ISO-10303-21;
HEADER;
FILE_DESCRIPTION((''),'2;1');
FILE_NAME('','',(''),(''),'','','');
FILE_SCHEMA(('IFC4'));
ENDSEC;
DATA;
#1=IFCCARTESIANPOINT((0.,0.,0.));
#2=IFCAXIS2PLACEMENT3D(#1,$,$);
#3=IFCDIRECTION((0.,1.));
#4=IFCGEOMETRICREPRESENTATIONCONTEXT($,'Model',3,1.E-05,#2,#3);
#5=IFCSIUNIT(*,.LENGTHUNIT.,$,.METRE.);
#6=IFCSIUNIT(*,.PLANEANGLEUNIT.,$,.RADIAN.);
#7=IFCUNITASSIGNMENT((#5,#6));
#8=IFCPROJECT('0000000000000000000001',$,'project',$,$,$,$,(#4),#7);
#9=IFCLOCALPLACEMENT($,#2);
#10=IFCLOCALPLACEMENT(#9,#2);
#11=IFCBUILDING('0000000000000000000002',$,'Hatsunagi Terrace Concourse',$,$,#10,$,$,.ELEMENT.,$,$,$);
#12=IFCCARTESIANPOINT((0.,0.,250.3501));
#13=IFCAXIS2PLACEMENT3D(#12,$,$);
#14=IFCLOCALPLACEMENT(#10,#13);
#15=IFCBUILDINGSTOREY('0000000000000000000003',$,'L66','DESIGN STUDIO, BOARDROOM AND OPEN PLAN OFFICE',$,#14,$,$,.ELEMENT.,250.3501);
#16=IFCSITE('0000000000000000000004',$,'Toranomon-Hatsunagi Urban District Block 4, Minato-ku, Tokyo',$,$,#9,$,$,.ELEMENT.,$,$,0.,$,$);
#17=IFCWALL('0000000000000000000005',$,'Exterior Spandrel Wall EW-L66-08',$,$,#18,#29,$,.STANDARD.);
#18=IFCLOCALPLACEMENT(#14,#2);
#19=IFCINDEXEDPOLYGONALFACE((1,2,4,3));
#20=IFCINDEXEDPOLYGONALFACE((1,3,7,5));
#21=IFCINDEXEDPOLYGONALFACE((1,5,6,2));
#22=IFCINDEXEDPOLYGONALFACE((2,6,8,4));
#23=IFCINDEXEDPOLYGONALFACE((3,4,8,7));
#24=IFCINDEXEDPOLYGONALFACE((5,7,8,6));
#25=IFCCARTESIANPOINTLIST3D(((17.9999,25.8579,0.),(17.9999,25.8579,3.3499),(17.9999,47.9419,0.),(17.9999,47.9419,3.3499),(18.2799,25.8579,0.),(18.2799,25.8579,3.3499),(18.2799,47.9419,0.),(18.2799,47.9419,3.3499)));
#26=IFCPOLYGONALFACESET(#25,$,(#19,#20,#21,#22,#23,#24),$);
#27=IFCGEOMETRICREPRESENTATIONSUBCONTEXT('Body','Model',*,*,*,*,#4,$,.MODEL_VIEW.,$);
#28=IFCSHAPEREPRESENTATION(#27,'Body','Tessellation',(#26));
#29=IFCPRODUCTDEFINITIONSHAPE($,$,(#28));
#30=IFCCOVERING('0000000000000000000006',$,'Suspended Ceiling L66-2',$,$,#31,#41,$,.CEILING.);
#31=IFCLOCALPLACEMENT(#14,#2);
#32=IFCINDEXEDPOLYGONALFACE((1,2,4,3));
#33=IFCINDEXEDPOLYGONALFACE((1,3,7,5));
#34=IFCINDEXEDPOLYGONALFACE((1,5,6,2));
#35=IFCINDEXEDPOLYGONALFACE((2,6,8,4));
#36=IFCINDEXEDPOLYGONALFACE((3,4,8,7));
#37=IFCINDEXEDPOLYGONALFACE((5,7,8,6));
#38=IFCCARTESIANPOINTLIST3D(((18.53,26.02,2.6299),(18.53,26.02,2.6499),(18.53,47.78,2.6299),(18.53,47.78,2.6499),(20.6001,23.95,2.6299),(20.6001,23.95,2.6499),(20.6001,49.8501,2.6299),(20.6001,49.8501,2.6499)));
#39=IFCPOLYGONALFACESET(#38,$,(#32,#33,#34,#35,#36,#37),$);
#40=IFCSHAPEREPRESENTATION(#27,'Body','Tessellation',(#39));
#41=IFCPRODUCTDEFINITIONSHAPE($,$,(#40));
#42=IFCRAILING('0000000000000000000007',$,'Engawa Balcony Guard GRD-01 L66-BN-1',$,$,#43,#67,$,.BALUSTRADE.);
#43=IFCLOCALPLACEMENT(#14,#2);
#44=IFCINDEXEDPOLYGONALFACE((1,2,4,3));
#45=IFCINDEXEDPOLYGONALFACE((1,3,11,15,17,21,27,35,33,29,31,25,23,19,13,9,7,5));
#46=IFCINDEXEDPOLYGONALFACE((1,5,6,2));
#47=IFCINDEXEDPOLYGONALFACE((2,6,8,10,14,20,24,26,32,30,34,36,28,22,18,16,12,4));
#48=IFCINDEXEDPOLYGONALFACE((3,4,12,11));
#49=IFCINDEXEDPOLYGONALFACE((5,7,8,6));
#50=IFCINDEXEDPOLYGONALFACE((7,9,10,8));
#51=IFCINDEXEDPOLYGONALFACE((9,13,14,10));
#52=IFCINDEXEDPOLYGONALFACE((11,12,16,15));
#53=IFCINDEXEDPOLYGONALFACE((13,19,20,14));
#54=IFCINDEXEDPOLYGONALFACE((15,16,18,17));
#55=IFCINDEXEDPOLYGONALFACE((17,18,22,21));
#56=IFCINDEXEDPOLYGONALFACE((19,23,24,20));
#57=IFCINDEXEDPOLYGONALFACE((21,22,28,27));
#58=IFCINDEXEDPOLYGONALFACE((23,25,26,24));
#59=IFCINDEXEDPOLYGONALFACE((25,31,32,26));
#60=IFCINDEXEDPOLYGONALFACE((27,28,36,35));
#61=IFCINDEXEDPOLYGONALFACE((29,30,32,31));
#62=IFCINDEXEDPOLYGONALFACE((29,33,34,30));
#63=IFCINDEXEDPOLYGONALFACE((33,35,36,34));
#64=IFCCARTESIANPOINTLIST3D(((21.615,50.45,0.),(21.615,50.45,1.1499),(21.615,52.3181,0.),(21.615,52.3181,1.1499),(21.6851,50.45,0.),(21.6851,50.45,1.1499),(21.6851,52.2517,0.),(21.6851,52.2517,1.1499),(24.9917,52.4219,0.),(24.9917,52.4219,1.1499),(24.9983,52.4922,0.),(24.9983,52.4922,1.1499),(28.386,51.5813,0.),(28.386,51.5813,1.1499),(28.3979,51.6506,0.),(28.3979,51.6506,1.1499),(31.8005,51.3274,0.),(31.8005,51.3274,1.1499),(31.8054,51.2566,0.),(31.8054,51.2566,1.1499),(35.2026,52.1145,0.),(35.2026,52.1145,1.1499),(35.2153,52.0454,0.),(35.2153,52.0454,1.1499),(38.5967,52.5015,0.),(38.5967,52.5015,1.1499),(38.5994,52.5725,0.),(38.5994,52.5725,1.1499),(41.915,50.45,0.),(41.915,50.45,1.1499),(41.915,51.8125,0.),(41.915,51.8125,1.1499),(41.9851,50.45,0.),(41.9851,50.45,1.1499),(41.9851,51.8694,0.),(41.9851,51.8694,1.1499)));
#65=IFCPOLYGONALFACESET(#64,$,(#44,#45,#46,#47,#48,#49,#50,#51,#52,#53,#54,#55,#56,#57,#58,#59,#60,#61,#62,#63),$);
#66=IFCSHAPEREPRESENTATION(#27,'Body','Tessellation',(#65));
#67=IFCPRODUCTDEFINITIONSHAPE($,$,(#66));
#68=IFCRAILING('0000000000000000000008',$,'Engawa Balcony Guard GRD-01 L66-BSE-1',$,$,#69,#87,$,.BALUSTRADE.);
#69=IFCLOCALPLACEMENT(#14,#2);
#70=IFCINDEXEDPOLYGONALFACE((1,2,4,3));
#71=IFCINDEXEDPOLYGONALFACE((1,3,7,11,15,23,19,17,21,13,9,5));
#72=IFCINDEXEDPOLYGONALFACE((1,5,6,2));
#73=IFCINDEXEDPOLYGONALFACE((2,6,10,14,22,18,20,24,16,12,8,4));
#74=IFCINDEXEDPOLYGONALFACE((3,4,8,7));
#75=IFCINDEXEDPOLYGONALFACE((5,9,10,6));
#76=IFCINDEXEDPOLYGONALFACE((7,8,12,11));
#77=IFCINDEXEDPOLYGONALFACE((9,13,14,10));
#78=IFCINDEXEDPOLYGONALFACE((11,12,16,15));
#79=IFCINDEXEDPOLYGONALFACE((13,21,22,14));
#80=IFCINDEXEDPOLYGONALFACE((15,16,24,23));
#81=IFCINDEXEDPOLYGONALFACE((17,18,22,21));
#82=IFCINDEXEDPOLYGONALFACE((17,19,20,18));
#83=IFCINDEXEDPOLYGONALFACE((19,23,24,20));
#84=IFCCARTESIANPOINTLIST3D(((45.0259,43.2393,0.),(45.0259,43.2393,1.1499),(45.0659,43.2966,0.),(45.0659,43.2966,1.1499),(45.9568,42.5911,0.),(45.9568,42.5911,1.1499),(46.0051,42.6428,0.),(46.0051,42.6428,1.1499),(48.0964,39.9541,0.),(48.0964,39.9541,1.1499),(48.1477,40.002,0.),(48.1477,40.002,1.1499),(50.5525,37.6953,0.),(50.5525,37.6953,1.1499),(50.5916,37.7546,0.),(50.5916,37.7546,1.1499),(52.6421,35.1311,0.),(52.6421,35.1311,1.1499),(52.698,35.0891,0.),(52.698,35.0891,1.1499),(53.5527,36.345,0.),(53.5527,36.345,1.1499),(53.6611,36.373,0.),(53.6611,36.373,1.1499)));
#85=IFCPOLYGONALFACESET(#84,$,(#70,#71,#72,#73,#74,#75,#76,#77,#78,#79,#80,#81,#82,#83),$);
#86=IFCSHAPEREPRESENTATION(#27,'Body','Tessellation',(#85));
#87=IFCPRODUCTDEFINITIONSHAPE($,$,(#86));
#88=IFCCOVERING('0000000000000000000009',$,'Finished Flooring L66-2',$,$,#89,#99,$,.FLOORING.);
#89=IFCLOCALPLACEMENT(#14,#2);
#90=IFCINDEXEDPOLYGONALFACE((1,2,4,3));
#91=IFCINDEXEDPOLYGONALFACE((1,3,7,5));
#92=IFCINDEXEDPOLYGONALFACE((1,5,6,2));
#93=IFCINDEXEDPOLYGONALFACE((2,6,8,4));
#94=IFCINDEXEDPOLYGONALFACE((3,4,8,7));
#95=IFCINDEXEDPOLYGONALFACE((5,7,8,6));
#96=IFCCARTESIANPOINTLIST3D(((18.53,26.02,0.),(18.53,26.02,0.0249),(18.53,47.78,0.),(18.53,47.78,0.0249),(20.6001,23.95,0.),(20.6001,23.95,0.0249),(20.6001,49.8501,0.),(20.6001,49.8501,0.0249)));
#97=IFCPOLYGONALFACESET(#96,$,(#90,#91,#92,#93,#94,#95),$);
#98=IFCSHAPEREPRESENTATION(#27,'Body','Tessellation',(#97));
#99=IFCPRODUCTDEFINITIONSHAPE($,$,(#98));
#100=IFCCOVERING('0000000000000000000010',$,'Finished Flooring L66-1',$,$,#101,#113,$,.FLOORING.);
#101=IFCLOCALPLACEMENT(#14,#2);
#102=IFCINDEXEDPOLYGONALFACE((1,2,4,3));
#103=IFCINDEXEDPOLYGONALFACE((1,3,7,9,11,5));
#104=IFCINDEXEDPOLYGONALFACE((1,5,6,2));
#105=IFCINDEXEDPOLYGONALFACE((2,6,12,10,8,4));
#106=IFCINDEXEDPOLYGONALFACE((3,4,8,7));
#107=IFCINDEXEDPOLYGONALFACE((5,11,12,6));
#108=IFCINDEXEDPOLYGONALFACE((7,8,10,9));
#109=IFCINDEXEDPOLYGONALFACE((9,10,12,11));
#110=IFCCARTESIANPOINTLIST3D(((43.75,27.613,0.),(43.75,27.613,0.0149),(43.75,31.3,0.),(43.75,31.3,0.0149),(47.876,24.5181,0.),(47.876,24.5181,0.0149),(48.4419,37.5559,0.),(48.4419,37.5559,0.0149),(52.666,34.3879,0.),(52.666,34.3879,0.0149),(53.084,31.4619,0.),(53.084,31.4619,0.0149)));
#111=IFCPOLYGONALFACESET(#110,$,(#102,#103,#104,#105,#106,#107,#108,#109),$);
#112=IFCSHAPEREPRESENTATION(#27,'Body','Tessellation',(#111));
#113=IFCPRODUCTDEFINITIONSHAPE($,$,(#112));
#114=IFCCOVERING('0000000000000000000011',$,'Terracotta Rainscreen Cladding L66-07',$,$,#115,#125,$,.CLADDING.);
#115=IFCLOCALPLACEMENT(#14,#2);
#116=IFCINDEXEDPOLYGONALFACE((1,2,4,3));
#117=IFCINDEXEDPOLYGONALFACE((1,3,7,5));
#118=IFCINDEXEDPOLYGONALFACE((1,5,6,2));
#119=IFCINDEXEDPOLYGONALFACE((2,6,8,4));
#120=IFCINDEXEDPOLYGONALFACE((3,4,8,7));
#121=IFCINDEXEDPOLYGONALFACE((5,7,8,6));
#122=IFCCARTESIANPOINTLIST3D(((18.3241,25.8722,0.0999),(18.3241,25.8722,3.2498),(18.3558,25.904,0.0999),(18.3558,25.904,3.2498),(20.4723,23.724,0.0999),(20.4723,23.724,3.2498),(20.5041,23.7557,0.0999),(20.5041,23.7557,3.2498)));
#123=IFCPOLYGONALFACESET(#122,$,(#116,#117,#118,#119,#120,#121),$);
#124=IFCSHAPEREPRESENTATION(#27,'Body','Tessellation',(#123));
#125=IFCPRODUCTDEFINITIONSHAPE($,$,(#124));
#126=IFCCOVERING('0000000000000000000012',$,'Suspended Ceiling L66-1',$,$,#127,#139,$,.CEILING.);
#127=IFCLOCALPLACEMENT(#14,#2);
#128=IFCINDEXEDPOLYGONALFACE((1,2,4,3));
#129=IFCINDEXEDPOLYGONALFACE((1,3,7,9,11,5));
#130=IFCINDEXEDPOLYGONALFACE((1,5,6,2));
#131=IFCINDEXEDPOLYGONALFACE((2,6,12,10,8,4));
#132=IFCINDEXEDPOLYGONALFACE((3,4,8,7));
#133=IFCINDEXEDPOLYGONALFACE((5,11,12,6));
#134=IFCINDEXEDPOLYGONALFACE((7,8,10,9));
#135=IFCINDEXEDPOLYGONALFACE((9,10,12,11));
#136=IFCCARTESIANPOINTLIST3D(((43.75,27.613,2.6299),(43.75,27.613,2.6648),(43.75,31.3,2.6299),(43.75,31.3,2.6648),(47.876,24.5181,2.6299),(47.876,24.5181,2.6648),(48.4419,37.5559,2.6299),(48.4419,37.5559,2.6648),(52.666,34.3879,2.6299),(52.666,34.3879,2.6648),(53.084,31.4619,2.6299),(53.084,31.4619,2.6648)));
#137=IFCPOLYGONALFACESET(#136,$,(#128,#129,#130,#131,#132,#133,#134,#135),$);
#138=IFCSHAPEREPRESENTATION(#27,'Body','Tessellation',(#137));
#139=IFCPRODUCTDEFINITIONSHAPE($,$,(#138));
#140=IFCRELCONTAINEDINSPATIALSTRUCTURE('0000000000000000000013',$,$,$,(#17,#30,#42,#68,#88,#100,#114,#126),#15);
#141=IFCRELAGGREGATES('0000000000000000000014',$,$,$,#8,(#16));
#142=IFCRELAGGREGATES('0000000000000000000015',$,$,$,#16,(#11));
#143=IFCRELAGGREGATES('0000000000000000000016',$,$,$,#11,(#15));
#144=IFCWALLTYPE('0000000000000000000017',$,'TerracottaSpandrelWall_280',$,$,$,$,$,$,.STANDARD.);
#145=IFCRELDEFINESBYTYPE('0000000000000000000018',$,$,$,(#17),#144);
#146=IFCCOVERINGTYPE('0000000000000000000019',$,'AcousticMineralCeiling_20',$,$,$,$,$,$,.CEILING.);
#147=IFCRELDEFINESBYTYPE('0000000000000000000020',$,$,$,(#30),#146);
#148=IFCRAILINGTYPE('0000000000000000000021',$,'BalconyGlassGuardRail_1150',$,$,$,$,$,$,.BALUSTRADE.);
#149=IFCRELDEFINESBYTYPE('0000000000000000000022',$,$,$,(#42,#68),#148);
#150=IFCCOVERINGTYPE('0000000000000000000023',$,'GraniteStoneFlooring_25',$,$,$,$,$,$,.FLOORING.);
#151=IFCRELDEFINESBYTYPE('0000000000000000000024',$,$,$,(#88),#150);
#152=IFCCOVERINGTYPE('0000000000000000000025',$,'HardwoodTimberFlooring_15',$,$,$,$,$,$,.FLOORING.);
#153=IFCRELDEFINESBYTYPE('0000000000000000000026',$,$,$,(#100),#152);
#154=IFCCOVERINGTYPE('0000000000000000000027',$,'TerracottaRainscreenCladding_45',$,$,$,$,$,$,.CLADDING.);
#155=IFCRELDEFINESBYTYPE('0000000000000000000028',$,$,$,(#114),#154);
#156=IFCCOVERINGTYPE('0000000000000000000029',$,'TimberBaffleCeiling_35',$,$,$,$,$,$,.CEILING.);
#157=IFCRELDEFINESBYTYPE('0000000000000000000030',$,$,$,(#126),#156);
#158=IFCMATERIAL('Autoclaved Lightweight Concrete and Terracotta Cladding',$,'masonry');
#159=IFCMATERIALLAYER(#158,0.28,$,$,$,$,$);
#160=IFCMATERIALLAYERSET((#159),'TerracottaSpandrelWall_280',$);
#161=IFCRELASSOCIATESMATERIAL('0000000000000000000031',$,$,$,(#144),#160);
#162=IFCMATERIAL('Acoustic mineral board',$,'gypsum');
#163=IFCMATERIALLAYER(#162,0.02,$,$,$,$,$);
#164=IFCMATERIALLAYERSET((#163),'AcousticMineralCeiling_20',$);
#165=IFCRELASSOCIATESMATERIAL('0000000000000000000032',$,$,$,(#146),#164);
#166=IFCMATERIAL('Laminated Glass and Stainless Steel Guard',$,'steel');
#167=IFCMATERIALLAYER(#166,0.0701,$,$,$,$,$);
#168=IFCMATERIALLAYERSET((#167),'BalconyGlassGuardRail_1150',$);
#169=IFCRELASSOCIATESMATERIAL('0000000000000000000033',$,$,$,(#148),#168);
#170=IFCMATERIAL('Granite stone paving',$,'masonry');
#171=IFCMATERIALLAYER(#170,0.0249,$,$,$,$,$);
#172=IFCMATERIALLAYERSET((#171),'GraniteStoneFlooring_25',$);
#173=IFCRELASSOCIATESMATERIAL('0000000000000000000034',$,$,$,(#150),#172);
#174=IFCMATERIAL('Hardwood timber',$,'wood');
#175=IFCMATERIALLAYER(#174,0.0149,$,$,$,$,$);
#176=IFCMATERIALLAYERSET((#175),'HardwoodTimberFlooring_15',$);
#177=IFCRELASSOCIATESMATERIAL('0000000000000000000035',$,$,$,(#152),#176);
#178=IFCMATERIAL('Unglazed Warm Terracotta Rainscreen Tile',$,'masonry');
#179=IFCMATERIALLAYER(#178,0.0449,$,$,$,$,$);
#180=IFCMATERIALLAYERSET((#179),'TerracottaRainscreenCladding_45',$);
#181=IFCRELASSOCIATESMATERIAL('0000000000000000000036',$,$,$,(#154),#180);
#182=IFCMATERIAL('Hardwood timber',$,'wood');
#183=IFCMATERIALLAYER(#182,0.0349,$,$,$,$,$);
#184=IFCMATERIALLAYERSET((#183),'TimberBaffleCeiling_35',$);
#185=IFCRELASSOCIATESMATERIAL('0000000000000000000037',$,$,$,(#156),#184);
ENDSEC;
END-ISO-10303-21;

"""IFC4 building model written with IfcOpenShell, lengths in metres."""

from ifc_helpers import new_model, si_unit, direction, frame, frame_2d, origin, origin_2d, place, context, subcontext, project, spatial, polyline, rectangle, outline, extrude, material, layer, layer_set, type_object, element, save


model = new_model("IFC4")

# Units and contexts
model_context = context("Model", 3, precision=1e-05, world=origin(), true_north=direction((0.0, 1.0)))
body_context = subcontext(model_context, "Body", "Model", "MODEL_VIEW")
ifc_project = project(units=[si_unit("LENGTHUNIT", "METRE"), si_unit("PLANEANGLEUNIT", "RADIAN")], contexts=[model_context])

# Site, building, storey
site_placement = place(None, origin())
site = spatial("IfcSite", under=ifc_project, at=site_placement, Name="Toranomon-Hatsunagi Urban District Block 4, Minato-ku, Tokyo", CompositionType="ELEMENT", RefElevation=0.0)
building_placement = place(site_placement, origin())
building = spatial("IfcBuilding", under=site, at=building_placement, Name="Hatsunagi Terrace Concourse", CompositionType="ELEMENT")
storey_placement = place(building_placement, frame((0.0, 0.0, 250.3501)))
storey = spatial("IfcBuildingStorey", under=building, at=storey_placement, Name="L66", Description="DESIGN STUDIO, BOARDROOM AND OPEN PLAN OFFICE", CompositionType="ELEMENT", Elevation=250.3501)

# Wall
ifc_material_1 = material(Name="Autoclaved Lightweight Concrete and Terracotta Cladding", Category="masonry")
ifc_layer_1 = layer(ifc_material_1, 0.28)
ifc_layer_set_1 = layer_set([ifc_layer_1], Name="TerracottaSpandrelWall_280")
wall_type_1 = type_object("IfcWallType", Name="TerracottaSpandrelWall_280", PredefinedType="STANDARD", material=ifc_layer_set_1)
wall_1_placement = place(storey_placement, frame((18.1399, 25.8579, 0.0), z_axis=(0.0, 0.0, 1.0), x_axis=(0.0, 1.0, 0.0)))
element("IfcWall", 1, at=wall_1_placement, inside=storey, type_object=wall_type_1, Name="Exterior Spandrel Wall EW-L66-08", PredefinedType="STANDARD", context=body_context, shape_type="SweptSolid", body=[
    extrude(rectangle(XDim=22.084, YDim=0.28, at=frame_2d((11.042, 0.0))), origin(), (0.0, 0.0, 1.0), 3.3499),
])

# Covering
ifc_material_2 = material(Name="Acoustic mineral board", Category="gypsum")
ifc_layer_2 = layer(ifc_material_2, 0.02)
ifc_layer_set_2 = layer_set([ifc_layer_2], Name="AcousticMineralCeiling_20")
covering_type_1 = type_object("IfcCoveringType", Name="AcousticMineralCeiling_20", PredefinedType="CEILING", material=ifc_layer_set_2)
covering_1_placement = place(storey_placement, frame((0.0, 0.0, 2.6299)))
element("IfcCovering", 2, at=covering_1_placement, inside=storey, type_object=covering_type_1, Name="Suspended Ceiling L66-2", PredefinedType="CEILING", context=body_context, shape_type="SweptSolid", body=[
    extrude(outline(polyline([(18.53, 26.02), (20.6001, 23.95), (20.6001, 49.8501), (18.53, 47.78), (18.53, 26.02)])), origin(), (0.0, 0.0, 1.0), 0.02),
])

# Railings
ifc_material_3 = material(Name="Laminated Glass and Stainless Steel Guard", Category="steel")
ifc_layer_3 = layer(ifc_material_3, 0.0701)
ifc_layer_set_3 = layer_set([ifc_layer_3], Name="BalconyGlassGuardRail_1150")
railing_type = type_object("IfcRailingType", Name="BalconyGlassGuardRail_1150", PredefinedType="BALUSTRADE", material=ifc_layer_set_3)
railing_1_placement = place(storey_placement, origin())
element("IfcRailing", 3, at=railing_1_placement, inside=storey, type_object=railing_type, Name="Engawa Balcony Guard GRD-01 L66-BN-1", PredefinedType="BALUSTRADE", context=body_context, shape_type="SweptSolid", body=[
    extrude(outline(polyline([(21.615, 50.45), (21.6851, 50.45), (21.6851, 52.2517), (24.9917, 52.4219), (28.386, 51.5813), (31.8054, 51.2566), (35.2153, 52.0454), (38.5967, 52.5015), (41.915, 51.8125), (41.915, 50.45), (41.9851, 50.45), (41.9851, 51.8694), (38.5994, 52.5725), (35.2026, 52.1145), (31.8005, 51.3274), (28.3979, 51.6506), (24.9983, 52.4922), (21.615, 52.3181), (21.615, 50.45)])), origin(), (0.0, 0.0, 1.0), 1.1499),
])
railing_2_placement = place(storey_placement, origin())
element("IfcRailing", 4, at=railing_2_placement, inside=storey, type_object=railing_type, Name="Engawa Balcony Guard GRD-01 L66-BSE-1", PredefinedType="BALUSTRADE", context=body_context, shape_type="SweptSolid", body=[
    extrude(outline(polyline([(45.0659, 43.2966), (45.0259, 43.2393), (45.9568, 42.5911), (48.0964, 39.9541), (50.5525, 37.6953), (53.5527, 36.345), (52.6421, 35.1311), (52.698, 35.0891), (53.6611, 36.373), (50.5916, 37.7546), (48.1477, 40.002), (46.0051, 42.6428), (45.0659, 43.2966)])), origin(), (0.0, 0.0, 1.0), 1.1499),
])

# Coverings
ifc_material_4 = material(Name="Granite stone paving", Category="masonry")
ifc_layer_4 = layer(ifc_material_4, 0.0249)
ifc_layer_set_4 = layer_set([ifc_layer_4], Name="GraniteStoneFlooring_25")
covering_type_2 = type_object("IfcCoveringType", Name="GraniteStoneFlooring_25", PredefinedType="FLOORING", material=ifc_layer_set_4)
covering_2_placement = place(storey_placement, origin())
element("IfcCovering", 5, at=covering_2_placement, inside=storey, type_object=covering_type_2, Name="Finished Flooring L66-2", PredefinedType="FLOORING", context=body_context, shape_type="SweptSolid", body=[
    extrude(outline(polyline([(18.53, 26.02), (20.6001, 23.95), (20.6001, 49.8501), (18.53, 47.78), (18.53, 26.02)])), origin(), (0.0, 0.0, 1.0), 0.0249),
])
ifc_material_5 = material(Name="Hardwood timber", Category="wood")
ifc_layer_5 = layer(ifc_material_5, 0.0149)
ifc_layer_set_5 = layer_set([ifc_layer_5], Name="HardwoodTimberFlooring_15")
covering_type_3 = type_object("IfcCoveringType", Name="HardwoodTimberFlooring_15", PredefinedType="FLOORING", material=ifc_layer_set_5)
covering_3_placement = place(storey_placement, origin())
element("IfcCovering", 6, at=covering_3_placement, inside=storey, type_object=covering_type_3, Name="Finished Flooring L66-1", PredefinedType="FLOORING", context=body_context, shape_type="SweptSolid", body=[
    extrude(outline(polyline([(52.666, 34.3879), (48.4419, 37.5559), (43.75, 31.3), (43.75, 27.613), (47.876, 24.5181), (53.084, 31.4619), (52.666, 34.3879)])), origin(), (0.0, 0.0, 1.0), 0.0149),
])
ifc_material_6 = material(Name="Unglazed Warm Terracotta Rainscreen Tile", Category="masonry")
ifc_layer_6 = layer(ifc_material_6, 0.0449)
ifc_layer_set_6 = layer_set([ifc_layer_6], Name="TerracottaRainscreenCladding_45")
covering_type_4 = type_object("IfcCoveringType", Name="TerracottaRainscreenCladding_45", PredefinedType="CLADDING", material=ifc_layer_set_6)
covering_4_placement = place(storey_placement, frame((19.4141, 24.814, 0.0999), z_axis=(0.0, 0.0, 1.0), x_axis=(-0.707107, 0.707107, 0.0)))
element("IfcCovering", 7, at=covering_4_placement, inside=storey, type_object=covering_type_4, Name="Terracotta Rainscreen Cladding L66-07", PredefinedType="CLADDING", context=body_context, shape_type="SweptSolid", body=[
    extrude(rectangle(XDim=3.0381, YDim=0.0449, at=origin_2d()), origin(), (0.0, 0.0, 1.0), 3.1499),
])
ifc_material_7 = material(Name="Hardwood timber", Category="wood")
ifc_layer_7 = layer(ifc_material_7, 0.0349)
ifc_layer_set_7 = layer_set([ifc_layer_7], Name="TimberBaffleCeiling_35")
covering_type_5 = type_object("IfcCoveringType", Name="TimberBaffleCeiling_35", PredefinedType="CEILING", material=ifc_layer_set_7)
covering_5_placement = place(storey_placement, frame((0.0, 0.0, 2.6299)))
element("IfcCovering", 8, at=covering_5_placement, inside=storey, type_object=covering_type_5, Name="Suspended Ceiling L66-1", PredefinedType="CEILING", context=body_context, shape_type="SweptSolid", body=[
    extrude(outline(polyline([(52.666, 34.3879), (48.4419, 37.5559), (43.75, 31.3), (43.75, 27.613), (47.876, 24.5181), (53.084, 31.4619), (52.666, 34.3879)])), origin(), (0.0, 0.0, 1.0), 0.0349),
])

save(model, "model.ifc")
